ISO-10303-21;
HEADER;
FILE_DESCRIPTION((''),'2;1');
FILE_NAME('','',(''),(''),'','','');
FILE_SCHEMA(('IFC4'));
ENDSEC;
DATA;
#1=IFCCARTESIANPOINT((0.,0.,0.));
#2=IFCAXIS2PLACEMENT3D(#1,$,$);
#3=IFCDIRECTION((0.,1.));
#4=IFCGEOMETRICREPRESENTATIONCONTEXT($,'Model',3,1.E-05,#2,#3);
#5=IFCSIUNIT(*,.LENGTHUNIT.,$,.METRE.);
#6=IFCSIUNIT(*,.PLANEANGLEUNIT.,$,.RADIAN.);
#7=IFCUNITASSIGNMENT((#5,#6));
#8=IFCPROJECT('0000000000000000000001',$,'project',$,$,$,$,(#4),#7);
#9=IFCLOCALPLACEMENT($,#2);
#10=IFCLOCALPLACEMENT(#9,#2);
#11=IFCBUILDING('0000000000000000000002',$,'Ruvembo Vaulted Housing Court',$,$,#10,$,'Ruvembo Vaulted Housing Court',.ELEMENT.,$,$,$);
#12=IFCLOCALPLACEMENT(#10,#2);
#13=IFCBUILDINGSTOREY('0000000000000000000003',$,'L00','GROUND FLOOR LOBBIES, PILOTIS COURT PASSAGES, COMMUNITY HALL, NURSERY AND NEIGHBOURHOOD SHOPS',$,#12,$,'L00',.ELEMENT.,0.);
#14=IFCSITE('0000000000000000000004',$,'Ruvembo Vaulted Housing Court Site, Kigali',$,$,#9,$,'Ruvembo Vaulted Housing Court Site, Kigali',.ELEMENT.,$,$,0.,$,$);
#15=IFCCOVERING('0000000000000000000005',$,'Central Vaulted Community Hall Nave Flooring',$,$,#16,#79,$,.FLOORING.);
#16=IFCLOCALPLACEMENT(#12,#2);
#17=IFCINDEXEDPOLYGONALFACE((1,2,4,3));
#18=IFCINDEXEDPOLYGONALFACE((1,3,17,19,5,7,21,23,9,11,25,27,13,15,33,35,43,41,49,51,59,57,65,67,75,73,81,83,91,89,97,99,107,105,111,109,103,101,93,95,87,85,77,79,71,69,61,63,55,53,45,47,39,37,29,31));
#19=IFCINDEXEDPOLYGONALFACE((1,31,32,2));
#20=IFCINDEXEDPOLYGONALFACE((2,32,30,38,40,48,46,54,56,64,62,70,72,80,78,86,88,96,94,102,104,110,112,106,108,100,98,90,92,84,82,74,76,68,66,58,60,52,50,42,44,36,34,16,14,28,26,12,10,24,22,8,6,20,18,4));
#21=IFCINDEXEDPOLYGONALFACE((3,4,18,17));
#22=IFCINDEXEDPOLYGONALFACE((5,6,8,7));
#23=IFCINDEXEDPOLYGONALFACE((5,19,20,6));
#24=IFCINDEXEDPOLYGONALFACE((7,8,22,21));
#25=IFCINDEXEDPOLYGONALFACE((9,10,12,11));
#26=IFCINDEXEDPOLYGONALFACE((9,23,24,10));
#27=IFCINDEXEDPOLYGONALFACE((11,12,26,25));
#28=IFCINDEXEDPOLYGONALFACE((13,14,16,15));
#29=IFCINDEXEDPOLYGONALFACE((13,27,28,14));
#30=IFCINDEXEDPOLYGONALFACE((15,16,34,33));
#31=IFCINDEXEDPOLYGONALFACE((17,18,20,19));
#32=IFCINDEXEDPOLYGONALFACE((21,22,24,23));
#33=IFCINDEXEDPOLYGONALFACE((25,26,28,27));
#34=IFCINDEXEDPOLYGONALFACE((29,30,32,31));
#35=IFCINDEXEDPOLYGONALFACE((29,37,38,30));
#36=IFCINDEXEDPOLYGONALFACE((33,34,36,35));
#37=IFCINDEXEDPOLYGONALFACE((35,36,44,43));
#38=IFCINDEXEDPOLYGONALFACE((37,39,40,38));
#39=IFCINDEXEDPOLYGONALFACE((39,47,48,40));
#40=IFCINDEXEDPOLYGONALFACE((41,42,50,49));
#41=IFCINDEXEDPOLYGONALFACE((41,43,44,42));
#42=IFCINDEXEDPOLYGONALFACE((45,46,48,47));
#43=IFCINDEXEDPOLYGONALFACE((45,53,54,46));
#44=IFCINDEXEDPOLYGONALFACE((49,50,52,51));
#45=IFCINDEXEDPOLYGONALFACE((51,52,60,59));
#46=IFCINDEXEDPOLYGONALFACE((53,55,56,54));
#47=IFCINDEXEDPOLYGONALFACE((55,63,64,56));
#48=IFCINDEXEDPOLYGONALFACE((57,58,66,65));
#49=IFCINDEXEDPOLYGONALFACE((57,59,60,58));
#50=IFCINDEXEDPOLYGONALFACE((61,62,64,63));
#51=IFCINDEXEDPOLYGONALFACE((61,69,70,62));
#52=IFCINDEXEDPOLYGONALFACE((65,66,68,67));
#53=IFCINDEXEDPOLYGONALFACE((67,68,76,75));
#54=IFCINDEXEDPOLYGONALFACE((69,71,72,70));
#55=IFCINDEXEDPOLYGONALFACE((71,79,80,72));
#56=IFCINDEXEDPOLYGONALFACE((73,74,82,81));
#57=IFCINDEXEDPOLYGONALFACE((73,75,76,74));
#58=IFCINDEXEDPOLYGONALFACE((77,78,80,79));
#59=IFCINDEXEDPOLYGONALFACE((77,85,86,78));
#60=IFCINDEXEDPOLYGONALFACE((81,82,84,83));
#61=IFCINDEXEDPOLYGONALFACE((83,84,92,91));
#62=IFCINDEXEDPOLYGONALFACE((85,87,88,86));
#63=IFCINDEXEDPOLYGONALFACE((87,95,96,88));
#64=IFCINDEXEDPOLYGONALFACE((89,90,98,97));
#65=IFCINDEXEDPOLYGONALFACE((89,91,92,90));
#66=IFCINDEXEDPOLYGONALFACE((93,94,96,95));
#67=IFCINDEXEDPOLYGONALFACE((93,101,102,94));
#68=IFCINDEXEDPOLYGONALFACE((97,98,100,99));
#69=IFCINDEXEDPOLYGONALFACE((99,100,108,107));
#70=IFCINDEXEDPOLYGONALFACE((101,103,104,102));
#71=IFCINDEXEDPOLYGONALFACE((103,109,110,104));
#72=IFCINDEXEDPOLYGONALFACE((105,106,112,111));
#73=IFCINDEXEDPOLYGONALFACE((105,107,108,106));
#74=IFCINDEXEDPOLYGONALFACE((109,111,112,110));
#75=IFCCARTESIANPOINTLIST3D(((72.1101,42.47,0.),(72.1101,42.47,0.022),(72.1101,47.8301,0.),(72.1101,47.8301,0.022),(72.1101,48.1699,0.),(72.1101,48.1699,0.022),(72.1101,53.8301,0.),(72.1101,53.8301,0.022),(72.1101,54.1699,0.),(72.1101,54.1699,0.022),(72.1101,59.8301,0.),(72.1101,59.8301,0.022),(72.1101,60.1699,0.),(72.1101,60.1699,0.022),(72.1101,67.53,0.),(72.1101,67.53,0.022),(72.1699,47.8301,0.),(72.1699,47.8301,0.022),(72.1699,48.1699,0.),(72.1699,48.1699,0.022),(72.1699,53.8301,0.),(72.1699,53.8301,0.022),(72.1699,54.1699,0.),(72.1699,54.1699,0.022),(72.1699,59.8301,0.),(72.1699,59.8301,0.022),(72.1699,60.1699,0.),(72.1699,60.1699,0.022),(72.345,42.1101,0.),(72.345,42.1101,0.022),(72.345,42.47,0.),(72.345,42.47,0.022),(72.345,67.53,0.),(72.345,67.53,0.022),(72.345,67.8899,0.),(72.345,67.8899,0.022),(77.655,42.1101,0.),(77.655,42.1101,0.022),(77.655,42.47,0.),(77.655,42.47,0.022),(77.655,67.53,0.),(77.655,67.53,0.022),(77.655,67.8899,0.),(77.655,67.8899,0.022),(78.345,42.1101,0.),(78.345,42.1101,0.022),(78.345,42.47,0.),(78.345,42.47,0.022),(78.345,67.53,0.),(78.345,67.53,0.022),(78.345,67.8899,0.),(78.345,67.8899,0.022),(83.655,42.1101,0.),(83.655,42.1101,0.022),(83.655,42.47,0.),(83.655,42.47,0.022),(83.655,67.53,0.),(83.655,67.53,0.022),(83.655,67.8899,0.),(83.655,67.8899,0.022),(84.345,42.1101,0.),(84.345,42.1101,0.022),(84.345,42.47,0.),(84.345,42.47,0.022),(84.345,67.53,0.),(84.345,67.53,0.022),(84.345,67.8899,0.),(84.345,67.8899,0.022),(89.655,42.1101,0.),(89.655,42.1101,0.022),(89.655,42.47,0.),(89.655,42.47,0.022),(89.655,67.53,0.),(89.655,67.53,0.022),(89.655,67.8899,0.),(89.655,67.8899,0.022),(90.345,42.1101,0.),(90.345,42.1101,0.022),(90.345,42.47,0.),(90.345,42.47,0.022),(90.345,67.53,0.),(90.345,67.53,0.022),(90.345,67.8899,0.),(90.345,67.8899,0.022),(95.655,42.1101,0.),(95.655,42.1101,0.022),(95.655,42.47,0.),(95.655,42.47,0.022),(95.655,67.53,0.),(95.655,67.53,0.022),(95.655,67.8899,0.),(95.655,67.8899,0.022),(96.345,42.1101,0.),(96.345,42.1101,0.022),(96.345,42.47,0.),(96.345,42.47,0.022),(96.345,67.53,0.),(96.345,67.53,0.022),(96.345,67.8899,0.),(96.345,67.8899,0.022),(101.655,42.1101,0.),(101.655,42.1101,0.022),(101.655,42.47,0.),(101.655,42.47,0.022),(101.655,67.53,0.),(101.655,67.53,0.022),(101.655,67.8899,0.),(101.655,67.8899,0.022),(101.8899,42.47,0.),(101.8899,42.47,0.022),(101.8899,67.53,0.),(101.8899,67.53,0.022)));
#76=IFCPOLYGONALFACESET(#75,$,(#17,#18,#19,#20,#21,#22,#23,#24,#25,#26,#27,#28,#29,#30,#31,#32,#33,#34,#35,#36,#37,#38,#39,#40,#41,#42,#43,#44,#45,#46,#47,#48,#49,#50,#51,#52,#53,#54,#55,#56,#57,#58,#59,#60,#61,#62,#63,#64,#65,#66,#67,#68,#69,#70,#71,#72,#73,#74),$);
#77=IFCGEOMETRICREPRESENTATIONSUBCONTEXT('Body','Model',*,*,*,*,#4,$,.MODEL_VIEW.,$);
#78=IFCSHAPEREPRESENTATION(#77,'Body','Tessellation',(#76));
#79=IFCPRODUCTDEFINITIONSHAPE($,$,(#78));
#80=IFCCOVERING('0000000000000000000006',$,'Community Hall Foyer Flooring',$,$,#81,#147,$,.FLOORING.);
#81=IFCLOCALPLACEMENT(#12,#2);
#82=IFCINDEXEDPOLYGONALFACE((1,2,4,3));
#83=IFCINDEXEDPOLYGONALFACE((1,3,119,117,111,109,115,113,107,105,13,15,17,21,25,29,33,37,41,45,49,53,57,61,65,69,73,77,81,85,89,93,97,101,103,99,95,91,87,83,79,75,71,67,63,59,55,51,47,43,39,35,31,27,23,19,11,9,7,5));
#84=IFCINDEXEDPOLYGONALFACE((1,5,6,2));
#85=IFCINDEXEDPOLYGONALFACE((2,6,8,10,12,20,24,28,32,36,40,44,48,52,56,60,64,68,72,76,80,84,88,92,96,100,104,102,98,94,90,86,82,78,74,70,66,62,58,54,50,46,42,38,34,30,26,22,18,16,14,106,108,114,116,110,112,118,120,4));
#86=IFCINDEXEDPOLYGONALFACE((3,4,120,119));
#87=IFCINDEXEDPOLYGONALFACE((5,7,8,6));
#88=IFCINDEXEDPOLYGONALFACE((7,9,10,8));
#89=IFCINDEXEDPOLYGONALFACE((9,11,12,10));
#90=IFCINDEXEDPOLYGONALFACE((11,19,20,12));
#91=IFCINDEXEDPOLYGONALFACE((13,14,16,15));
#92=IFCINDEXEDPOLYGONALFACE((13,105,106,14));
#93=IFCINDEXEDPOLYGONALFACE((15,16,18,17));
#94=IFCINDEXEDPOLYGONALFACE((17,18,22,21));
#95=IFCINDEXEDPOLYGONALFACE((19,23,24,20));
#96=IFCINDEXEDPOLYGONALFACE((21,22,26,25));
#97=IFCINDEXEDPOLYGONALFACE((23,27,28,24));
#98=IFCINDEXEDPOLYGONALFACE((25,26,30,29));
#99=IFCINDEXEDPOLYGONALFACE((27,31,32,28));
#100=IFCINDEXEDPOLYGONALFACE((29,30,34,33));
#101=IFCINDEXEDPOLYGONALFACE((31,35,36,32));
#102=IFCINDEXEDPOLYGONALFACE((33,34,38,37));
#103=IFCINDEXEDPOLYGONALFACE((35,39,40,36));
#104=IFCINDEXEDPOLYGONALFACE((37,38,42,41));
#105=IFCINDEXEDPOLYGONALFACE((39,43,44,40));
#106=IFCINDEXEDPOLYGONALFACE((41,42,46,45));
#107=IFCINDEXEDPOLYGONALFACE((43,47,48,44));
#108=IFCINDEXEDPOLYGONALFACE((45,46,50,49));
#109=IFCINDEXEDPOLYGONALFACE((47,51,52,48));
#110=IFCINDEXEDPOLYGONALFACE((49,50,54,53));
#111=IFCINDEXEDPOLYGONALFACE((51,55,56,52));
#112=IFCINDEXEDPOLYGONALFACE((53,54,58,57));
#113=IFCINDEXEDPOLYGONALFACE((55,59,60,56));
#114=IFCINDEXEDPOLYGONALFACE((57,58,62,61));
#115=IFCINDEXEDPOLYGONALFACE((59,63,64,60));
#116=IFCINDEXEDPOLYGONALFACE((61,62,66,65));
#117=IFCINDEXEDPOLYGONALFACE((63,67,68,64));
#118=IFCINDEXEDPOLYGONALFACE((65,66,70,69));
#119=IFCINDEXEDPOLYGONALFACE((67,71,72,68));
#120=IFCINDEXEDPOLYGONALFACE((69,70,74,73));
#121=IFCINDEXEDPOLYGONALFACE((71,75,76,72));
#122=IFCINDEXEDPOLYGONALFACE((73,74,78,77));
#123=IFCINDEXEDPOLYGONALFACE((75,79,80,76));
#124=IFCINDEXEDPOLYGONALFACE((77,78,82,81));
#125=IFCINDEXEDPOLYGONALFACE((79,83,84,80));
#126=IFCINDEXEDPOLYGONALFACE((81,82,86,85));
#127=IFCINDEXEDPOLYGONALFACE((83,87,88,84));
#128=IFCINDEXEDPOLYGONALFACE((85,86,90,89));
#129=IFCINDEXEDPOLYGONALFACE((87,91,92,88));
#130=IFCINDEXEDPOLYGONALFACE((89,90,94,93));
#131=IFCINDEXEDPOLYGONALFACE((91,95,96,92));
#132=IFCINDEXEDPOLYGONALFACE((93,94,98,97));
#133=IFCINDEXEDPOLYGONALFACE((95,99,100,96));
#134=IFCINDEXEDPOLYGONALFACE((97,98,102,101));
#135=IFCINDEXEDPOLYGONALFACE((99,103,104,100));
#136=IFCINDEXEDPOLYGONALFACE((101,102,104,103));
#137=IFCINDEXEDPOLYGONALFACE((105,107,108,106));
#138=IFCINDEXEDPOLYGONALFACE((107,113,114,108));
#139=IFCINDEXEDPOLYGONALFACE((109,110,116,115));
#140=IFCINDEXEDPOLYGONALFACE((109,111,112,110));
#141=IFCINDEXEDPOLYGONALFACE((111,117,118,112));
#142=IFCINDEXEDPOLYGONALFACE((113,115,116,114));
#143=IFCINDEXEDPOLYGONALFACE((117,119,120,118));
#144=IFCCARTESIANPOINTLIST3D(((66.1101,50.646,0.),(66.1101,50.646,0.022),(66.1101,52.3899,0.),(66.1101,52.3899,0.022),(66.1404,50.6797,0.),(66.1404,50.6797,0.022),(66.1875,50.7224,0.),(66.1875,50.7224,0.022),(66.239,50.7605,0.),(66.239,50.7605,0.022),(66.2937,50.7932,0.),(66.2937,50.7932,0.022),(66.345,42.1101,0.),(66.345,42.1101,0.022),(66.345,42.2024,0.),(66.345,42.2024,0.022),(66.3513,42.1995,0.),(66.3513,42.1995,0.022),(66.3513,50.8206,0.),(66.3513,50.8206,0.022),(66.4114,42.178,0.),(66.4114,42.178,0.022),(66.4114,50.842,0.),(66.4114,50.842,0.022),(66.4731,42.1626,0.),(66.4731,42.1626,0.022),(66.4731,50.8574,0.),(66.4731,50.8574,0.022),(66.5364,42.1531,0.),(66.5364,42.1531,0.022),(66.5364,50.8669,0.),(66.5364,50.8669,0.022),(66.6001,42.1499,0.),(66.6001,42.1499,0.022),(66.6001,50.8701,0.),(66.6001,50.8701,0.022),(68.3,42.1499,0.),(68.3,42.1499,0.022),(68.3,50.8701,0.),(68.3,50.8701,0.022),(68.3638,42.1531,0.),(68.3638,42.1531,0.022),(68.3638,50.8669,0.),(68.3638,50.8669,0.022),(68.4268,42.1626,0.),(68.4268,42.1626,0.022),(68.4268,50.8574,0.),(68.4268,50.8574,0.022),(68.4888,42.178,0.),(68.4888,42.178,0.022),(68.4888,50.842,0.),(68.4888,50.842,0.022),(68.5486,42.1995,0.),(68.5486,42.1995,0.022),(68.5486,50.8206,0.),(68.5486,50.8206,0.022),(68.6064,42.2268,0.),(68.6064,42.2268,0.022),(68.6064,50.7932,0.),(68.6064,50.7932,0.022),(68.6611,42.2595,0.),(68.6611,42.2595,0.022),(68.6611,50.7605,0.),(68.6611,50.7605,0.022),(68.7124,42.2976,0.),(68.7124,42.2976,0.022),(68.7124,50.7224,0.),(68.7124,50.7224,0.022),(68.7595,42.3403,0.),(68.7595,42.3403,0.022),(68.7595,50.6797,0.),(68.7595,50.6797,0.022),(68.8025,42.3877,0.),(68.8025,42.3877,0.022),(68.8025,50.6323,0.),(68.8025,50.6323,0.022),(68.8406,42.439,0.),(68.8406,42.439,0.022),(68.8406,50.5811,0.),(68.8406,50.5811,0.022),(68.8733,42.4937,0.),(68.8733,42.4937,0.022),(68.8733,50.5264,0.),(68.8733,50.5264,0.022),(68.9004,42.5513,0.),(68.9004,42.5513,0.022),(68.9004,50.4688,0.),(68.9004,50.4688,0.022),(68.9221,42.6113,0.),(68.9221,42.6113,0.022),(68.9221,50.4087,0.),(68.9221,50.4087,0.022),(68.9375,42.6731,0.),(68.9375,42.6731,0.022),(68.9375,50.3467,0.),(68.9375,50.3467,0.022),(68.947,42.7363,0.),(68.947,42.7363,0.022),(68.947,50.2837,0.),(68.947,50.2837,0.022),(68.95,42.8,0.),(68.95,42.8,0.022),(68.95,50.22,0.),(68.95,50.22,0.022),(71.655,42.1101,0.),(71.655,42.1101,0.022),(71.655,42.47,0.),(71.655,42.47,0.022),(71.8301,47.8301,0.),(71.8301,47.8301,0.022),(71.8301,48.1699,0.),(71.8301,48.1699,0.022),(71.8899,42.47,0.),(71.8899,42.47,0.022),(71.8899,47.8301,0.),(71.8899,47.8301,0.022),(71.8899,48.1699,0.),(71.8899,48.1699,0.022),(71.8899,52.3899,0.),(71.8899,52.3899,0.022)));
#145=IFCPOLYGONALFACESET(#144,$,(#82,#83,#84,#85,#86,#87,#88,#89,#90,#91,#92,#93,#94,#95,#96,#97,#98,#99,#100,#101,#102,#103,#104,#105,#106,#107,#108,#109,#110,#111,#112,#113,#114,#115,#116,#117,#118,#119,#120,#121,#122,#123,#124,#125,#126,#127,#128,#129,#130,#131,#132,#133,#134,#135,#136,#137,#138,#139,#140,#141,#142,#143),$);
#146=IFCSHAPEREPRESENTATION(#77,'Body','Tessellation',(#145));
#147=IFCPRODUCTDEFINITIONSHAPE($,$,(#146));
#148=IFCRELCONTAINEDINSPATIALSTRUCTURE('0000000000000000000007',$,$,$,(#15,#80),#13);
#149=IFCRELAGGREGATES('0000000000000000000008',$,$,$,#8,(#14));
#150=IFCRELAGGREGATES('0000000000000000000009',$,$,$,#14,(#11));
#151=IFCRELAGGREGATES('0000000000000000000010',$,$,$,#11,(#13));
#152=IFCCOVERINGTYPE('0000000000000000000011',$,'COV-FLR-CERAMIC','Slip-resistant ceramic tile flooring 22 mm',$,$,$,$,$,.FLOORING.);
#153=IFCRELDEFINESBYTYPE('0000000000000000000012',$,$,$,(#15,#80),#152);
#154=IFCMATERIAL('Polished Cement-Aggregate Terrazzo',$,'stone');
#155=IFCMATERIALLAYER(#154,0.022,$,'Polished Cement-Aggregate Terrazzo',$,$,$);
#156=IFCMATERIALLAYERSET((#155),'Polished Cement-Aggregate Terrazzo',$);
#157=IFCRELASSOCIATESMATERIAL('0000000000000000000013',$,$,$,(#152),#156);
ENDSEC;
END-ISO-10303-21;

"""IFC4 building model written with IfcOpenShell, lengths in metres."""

from ifc_helpers import new_model, si_unit, direction, origin, place, context, subcontext, project, spatial, polyline, outline, extrude, material, layer, layer_set, type_object, element, save


model = new_model("IFC4")

# Units and contexts
model_context = context("Model", 3, precision=1e-05, world=origin(), true_north=direction((0.0, 1.0)))
body_context = subcontext(model_context, "Body", "Model", "MODEL_VIEW")
ifc_project = project(units=[si_unit("LENGTHUNIT", "METRE"), si_unit("PLANEANGLEUNIT", "RADIAN")], contexts=[model_context])

# Site, building, storey
site_placement = place(None, origin())
site = spatial("IfcSite", under=ifc_project, at=site_placement, Name="Ruvembo Vaulted Housing Court Site, Kigali", LongName="Ruvembo Vaulted Housing Court Site, Kigali", CompositionType="ELEMENT", RefElevation=0.0)
building_placement = place(site_placement, origin())
building = spatial("IfcBuilding", under=site, at=building_placement, Name="Ruvembo Vaulted Housing Court", LongName="Ruvembo Vaulted Housing Court", CompositionType="ELEMENT")
storey_placement = place(building_placement, origin())
storey = spatial("IfcBuildingStorey", under=building, at=storey_placement, Name="L00", Description="GROUND FLOOR LOBBIES, PILOTIS COURT PASSAGES, COMMUNITY HALL, NURSERY AND NEIGHBOURHOOD SHOPS", LongName="L00", CompositionType="ELEMENT", Elevation=0.0)

# Coverings
ifc_material_1 = material(Name="Polished Cement-Aggregate Terrazzo", Category="stone")
ifc_layer_1 = layer(ifc_material_1, 0.022, Name="Polished Cement-Aggregate Terrazzo")
ifc_layer_set_1 = layer_set([ifc_layer_1], Name="Polished Cement-Aggregate Terrazzo")
covering_type = type_object("IfcCoveringType", Name="COV-FLR-CERAMIC", Description="Slip-resistant ceramic tile flooring 22 mm", PredefinedType="FLOORING", material=ifc_layer_set_1)
covering_1_placement = place(storey_placement, origin())
element("IfcCovering", 1, at=covering_1_placement, inside=storey, type_object=covering_type, Name="Central Vaulted Community Hall Nave Flooring", PredefinedType="FLOORING", context=body_context, shape_type="SweptSolid", body=[
    extrude(outline(polyline([(95.655, 42.47), (96.345, 42.47), (96.345, 42.1101), (101.655, 42.1101), (101.655, 42.47), (101.8899, 42.47), (101.8899, 67.53), (101.655, 67.53), (101.655, 67.8899), (96.345, 67.8899), (96.345, 67.53), (95.655, 67.53), (95.655, 67.8899), (90.345, 67.8899), (90.345, 67.53), (89.655, 67.53), (89.655, 67.8899), (84.345, 67.8899), (84.345, 67.53), (83.655, 67.53), (83.655, 67.8899), (78.345, 67.8899), (78.345, 67.53), (77.655, 67.53), (77.655, 67.8899), (72.345, 67.8899), (72.345, 67.53), (72.1101, 67.53), (72.1101, 60.1699), (72.1699, 60.1699), (72.1699, 59.8301), (72.1101, 59.8301), (72.1101, 54.1699), (72.1699, 54.1699), (72.1699, 53.8301), (72.1101, 53.8301), (72.1101, 48.1699), (72.1699, 48.1699), (72.1699, 47.8301), (72.1101, 47.8301), (72.1101, 42.47), (72.345, 42.47), (72.345, 42.1101), (77.655, 42.1101), (77.655, 42.47), (78.345, 42.47), (78.345, 42.1101), (83.655, 42.1101), (83.655, 42.47), (84.345, 42.47), (84.345, 42.1101), (89.655, 42.1101), (89.655, 42.47), (90.345, 42.47), (90.345, 42.1101), (95.655, 42.1101), (95.655, 42.47)])), origin(), (0.0, 0.0, 1.0), 0.022),
])
covering_2_placement = place(storey_placement, origin())
element("IfcCovering", 2, at=covering_2_placement, inside=storey, type_object=covering_type, Name="Community Hall Foyer Flooring", PredefinedType="FLOORING", context=body_context, shape_type="SweptSolid", body=[
    extrude(outline(polyline([(71.8899, 52.3899), (66.1101, 52.3899), (66.1101, 50.646), (66.1404, 50.6797), (66.1875, 50.7224), (66.239, 50.7605), (66.2937, 50.7932), (66.3513, 50.8206), (66.4114, 50.842), (66.4731, 50.8574), (66.5364, 50.8669), (66.6001, 50.8701), (68.3, 50.8701), (68.3638, 50.8669), (68.4268, 50.8574), (68.4888, 50.842), (68.5486, 50.8206), (68.6064, 50.7932), (68.6611, 50.7605), (68.7124, 50.7224), (68.7595, 50.6797), (68.8025, 50.6323), (68.8406, 50.5811), (68.8733, 50.5264), (68.9004, 50.4688), (68.9221, 50.4087), (68.9375, 50.3467), (68.947, 50.2837), (68.95, 50.22), (68.95, 42.8), (68.947, 42.7363), (68.9375, 42.6731), (68.9221, 42.6113), (68.9004, 42.5513), (68.8733, 42.4937), (68.8406, 42.439), (68.8025, 42.3877), (68.7595, 42.3403), (68.7124, 42.2976), (68.6611, 42.2595), (68.6064, 42.2268), (68.5486, 42.1995), (68.4888, 42.178), (68.4268, 42.1626), (68.3638, 42.1531), (68.3, 42.1499), (66.6001, 42.1499), (66.5364, 42.1531), (66.4731, 42.1626), (66.4114, 42.178), (66.3513, 42.1995), (66.345, 42.2024), (66.345, 42.1101), (71.655, 42.1101), (71.655, 42.47), (71.8899, 42.47), (71.8899, 47.8301), (71.8301, 47.8301), (71.8301, 48.1699), (71.8899, 48.1699), (71.8899, 52.3899)])), origin(), (0.0, 0.0, 1.0), 0.022),
])

save(model, "model.ifc")
